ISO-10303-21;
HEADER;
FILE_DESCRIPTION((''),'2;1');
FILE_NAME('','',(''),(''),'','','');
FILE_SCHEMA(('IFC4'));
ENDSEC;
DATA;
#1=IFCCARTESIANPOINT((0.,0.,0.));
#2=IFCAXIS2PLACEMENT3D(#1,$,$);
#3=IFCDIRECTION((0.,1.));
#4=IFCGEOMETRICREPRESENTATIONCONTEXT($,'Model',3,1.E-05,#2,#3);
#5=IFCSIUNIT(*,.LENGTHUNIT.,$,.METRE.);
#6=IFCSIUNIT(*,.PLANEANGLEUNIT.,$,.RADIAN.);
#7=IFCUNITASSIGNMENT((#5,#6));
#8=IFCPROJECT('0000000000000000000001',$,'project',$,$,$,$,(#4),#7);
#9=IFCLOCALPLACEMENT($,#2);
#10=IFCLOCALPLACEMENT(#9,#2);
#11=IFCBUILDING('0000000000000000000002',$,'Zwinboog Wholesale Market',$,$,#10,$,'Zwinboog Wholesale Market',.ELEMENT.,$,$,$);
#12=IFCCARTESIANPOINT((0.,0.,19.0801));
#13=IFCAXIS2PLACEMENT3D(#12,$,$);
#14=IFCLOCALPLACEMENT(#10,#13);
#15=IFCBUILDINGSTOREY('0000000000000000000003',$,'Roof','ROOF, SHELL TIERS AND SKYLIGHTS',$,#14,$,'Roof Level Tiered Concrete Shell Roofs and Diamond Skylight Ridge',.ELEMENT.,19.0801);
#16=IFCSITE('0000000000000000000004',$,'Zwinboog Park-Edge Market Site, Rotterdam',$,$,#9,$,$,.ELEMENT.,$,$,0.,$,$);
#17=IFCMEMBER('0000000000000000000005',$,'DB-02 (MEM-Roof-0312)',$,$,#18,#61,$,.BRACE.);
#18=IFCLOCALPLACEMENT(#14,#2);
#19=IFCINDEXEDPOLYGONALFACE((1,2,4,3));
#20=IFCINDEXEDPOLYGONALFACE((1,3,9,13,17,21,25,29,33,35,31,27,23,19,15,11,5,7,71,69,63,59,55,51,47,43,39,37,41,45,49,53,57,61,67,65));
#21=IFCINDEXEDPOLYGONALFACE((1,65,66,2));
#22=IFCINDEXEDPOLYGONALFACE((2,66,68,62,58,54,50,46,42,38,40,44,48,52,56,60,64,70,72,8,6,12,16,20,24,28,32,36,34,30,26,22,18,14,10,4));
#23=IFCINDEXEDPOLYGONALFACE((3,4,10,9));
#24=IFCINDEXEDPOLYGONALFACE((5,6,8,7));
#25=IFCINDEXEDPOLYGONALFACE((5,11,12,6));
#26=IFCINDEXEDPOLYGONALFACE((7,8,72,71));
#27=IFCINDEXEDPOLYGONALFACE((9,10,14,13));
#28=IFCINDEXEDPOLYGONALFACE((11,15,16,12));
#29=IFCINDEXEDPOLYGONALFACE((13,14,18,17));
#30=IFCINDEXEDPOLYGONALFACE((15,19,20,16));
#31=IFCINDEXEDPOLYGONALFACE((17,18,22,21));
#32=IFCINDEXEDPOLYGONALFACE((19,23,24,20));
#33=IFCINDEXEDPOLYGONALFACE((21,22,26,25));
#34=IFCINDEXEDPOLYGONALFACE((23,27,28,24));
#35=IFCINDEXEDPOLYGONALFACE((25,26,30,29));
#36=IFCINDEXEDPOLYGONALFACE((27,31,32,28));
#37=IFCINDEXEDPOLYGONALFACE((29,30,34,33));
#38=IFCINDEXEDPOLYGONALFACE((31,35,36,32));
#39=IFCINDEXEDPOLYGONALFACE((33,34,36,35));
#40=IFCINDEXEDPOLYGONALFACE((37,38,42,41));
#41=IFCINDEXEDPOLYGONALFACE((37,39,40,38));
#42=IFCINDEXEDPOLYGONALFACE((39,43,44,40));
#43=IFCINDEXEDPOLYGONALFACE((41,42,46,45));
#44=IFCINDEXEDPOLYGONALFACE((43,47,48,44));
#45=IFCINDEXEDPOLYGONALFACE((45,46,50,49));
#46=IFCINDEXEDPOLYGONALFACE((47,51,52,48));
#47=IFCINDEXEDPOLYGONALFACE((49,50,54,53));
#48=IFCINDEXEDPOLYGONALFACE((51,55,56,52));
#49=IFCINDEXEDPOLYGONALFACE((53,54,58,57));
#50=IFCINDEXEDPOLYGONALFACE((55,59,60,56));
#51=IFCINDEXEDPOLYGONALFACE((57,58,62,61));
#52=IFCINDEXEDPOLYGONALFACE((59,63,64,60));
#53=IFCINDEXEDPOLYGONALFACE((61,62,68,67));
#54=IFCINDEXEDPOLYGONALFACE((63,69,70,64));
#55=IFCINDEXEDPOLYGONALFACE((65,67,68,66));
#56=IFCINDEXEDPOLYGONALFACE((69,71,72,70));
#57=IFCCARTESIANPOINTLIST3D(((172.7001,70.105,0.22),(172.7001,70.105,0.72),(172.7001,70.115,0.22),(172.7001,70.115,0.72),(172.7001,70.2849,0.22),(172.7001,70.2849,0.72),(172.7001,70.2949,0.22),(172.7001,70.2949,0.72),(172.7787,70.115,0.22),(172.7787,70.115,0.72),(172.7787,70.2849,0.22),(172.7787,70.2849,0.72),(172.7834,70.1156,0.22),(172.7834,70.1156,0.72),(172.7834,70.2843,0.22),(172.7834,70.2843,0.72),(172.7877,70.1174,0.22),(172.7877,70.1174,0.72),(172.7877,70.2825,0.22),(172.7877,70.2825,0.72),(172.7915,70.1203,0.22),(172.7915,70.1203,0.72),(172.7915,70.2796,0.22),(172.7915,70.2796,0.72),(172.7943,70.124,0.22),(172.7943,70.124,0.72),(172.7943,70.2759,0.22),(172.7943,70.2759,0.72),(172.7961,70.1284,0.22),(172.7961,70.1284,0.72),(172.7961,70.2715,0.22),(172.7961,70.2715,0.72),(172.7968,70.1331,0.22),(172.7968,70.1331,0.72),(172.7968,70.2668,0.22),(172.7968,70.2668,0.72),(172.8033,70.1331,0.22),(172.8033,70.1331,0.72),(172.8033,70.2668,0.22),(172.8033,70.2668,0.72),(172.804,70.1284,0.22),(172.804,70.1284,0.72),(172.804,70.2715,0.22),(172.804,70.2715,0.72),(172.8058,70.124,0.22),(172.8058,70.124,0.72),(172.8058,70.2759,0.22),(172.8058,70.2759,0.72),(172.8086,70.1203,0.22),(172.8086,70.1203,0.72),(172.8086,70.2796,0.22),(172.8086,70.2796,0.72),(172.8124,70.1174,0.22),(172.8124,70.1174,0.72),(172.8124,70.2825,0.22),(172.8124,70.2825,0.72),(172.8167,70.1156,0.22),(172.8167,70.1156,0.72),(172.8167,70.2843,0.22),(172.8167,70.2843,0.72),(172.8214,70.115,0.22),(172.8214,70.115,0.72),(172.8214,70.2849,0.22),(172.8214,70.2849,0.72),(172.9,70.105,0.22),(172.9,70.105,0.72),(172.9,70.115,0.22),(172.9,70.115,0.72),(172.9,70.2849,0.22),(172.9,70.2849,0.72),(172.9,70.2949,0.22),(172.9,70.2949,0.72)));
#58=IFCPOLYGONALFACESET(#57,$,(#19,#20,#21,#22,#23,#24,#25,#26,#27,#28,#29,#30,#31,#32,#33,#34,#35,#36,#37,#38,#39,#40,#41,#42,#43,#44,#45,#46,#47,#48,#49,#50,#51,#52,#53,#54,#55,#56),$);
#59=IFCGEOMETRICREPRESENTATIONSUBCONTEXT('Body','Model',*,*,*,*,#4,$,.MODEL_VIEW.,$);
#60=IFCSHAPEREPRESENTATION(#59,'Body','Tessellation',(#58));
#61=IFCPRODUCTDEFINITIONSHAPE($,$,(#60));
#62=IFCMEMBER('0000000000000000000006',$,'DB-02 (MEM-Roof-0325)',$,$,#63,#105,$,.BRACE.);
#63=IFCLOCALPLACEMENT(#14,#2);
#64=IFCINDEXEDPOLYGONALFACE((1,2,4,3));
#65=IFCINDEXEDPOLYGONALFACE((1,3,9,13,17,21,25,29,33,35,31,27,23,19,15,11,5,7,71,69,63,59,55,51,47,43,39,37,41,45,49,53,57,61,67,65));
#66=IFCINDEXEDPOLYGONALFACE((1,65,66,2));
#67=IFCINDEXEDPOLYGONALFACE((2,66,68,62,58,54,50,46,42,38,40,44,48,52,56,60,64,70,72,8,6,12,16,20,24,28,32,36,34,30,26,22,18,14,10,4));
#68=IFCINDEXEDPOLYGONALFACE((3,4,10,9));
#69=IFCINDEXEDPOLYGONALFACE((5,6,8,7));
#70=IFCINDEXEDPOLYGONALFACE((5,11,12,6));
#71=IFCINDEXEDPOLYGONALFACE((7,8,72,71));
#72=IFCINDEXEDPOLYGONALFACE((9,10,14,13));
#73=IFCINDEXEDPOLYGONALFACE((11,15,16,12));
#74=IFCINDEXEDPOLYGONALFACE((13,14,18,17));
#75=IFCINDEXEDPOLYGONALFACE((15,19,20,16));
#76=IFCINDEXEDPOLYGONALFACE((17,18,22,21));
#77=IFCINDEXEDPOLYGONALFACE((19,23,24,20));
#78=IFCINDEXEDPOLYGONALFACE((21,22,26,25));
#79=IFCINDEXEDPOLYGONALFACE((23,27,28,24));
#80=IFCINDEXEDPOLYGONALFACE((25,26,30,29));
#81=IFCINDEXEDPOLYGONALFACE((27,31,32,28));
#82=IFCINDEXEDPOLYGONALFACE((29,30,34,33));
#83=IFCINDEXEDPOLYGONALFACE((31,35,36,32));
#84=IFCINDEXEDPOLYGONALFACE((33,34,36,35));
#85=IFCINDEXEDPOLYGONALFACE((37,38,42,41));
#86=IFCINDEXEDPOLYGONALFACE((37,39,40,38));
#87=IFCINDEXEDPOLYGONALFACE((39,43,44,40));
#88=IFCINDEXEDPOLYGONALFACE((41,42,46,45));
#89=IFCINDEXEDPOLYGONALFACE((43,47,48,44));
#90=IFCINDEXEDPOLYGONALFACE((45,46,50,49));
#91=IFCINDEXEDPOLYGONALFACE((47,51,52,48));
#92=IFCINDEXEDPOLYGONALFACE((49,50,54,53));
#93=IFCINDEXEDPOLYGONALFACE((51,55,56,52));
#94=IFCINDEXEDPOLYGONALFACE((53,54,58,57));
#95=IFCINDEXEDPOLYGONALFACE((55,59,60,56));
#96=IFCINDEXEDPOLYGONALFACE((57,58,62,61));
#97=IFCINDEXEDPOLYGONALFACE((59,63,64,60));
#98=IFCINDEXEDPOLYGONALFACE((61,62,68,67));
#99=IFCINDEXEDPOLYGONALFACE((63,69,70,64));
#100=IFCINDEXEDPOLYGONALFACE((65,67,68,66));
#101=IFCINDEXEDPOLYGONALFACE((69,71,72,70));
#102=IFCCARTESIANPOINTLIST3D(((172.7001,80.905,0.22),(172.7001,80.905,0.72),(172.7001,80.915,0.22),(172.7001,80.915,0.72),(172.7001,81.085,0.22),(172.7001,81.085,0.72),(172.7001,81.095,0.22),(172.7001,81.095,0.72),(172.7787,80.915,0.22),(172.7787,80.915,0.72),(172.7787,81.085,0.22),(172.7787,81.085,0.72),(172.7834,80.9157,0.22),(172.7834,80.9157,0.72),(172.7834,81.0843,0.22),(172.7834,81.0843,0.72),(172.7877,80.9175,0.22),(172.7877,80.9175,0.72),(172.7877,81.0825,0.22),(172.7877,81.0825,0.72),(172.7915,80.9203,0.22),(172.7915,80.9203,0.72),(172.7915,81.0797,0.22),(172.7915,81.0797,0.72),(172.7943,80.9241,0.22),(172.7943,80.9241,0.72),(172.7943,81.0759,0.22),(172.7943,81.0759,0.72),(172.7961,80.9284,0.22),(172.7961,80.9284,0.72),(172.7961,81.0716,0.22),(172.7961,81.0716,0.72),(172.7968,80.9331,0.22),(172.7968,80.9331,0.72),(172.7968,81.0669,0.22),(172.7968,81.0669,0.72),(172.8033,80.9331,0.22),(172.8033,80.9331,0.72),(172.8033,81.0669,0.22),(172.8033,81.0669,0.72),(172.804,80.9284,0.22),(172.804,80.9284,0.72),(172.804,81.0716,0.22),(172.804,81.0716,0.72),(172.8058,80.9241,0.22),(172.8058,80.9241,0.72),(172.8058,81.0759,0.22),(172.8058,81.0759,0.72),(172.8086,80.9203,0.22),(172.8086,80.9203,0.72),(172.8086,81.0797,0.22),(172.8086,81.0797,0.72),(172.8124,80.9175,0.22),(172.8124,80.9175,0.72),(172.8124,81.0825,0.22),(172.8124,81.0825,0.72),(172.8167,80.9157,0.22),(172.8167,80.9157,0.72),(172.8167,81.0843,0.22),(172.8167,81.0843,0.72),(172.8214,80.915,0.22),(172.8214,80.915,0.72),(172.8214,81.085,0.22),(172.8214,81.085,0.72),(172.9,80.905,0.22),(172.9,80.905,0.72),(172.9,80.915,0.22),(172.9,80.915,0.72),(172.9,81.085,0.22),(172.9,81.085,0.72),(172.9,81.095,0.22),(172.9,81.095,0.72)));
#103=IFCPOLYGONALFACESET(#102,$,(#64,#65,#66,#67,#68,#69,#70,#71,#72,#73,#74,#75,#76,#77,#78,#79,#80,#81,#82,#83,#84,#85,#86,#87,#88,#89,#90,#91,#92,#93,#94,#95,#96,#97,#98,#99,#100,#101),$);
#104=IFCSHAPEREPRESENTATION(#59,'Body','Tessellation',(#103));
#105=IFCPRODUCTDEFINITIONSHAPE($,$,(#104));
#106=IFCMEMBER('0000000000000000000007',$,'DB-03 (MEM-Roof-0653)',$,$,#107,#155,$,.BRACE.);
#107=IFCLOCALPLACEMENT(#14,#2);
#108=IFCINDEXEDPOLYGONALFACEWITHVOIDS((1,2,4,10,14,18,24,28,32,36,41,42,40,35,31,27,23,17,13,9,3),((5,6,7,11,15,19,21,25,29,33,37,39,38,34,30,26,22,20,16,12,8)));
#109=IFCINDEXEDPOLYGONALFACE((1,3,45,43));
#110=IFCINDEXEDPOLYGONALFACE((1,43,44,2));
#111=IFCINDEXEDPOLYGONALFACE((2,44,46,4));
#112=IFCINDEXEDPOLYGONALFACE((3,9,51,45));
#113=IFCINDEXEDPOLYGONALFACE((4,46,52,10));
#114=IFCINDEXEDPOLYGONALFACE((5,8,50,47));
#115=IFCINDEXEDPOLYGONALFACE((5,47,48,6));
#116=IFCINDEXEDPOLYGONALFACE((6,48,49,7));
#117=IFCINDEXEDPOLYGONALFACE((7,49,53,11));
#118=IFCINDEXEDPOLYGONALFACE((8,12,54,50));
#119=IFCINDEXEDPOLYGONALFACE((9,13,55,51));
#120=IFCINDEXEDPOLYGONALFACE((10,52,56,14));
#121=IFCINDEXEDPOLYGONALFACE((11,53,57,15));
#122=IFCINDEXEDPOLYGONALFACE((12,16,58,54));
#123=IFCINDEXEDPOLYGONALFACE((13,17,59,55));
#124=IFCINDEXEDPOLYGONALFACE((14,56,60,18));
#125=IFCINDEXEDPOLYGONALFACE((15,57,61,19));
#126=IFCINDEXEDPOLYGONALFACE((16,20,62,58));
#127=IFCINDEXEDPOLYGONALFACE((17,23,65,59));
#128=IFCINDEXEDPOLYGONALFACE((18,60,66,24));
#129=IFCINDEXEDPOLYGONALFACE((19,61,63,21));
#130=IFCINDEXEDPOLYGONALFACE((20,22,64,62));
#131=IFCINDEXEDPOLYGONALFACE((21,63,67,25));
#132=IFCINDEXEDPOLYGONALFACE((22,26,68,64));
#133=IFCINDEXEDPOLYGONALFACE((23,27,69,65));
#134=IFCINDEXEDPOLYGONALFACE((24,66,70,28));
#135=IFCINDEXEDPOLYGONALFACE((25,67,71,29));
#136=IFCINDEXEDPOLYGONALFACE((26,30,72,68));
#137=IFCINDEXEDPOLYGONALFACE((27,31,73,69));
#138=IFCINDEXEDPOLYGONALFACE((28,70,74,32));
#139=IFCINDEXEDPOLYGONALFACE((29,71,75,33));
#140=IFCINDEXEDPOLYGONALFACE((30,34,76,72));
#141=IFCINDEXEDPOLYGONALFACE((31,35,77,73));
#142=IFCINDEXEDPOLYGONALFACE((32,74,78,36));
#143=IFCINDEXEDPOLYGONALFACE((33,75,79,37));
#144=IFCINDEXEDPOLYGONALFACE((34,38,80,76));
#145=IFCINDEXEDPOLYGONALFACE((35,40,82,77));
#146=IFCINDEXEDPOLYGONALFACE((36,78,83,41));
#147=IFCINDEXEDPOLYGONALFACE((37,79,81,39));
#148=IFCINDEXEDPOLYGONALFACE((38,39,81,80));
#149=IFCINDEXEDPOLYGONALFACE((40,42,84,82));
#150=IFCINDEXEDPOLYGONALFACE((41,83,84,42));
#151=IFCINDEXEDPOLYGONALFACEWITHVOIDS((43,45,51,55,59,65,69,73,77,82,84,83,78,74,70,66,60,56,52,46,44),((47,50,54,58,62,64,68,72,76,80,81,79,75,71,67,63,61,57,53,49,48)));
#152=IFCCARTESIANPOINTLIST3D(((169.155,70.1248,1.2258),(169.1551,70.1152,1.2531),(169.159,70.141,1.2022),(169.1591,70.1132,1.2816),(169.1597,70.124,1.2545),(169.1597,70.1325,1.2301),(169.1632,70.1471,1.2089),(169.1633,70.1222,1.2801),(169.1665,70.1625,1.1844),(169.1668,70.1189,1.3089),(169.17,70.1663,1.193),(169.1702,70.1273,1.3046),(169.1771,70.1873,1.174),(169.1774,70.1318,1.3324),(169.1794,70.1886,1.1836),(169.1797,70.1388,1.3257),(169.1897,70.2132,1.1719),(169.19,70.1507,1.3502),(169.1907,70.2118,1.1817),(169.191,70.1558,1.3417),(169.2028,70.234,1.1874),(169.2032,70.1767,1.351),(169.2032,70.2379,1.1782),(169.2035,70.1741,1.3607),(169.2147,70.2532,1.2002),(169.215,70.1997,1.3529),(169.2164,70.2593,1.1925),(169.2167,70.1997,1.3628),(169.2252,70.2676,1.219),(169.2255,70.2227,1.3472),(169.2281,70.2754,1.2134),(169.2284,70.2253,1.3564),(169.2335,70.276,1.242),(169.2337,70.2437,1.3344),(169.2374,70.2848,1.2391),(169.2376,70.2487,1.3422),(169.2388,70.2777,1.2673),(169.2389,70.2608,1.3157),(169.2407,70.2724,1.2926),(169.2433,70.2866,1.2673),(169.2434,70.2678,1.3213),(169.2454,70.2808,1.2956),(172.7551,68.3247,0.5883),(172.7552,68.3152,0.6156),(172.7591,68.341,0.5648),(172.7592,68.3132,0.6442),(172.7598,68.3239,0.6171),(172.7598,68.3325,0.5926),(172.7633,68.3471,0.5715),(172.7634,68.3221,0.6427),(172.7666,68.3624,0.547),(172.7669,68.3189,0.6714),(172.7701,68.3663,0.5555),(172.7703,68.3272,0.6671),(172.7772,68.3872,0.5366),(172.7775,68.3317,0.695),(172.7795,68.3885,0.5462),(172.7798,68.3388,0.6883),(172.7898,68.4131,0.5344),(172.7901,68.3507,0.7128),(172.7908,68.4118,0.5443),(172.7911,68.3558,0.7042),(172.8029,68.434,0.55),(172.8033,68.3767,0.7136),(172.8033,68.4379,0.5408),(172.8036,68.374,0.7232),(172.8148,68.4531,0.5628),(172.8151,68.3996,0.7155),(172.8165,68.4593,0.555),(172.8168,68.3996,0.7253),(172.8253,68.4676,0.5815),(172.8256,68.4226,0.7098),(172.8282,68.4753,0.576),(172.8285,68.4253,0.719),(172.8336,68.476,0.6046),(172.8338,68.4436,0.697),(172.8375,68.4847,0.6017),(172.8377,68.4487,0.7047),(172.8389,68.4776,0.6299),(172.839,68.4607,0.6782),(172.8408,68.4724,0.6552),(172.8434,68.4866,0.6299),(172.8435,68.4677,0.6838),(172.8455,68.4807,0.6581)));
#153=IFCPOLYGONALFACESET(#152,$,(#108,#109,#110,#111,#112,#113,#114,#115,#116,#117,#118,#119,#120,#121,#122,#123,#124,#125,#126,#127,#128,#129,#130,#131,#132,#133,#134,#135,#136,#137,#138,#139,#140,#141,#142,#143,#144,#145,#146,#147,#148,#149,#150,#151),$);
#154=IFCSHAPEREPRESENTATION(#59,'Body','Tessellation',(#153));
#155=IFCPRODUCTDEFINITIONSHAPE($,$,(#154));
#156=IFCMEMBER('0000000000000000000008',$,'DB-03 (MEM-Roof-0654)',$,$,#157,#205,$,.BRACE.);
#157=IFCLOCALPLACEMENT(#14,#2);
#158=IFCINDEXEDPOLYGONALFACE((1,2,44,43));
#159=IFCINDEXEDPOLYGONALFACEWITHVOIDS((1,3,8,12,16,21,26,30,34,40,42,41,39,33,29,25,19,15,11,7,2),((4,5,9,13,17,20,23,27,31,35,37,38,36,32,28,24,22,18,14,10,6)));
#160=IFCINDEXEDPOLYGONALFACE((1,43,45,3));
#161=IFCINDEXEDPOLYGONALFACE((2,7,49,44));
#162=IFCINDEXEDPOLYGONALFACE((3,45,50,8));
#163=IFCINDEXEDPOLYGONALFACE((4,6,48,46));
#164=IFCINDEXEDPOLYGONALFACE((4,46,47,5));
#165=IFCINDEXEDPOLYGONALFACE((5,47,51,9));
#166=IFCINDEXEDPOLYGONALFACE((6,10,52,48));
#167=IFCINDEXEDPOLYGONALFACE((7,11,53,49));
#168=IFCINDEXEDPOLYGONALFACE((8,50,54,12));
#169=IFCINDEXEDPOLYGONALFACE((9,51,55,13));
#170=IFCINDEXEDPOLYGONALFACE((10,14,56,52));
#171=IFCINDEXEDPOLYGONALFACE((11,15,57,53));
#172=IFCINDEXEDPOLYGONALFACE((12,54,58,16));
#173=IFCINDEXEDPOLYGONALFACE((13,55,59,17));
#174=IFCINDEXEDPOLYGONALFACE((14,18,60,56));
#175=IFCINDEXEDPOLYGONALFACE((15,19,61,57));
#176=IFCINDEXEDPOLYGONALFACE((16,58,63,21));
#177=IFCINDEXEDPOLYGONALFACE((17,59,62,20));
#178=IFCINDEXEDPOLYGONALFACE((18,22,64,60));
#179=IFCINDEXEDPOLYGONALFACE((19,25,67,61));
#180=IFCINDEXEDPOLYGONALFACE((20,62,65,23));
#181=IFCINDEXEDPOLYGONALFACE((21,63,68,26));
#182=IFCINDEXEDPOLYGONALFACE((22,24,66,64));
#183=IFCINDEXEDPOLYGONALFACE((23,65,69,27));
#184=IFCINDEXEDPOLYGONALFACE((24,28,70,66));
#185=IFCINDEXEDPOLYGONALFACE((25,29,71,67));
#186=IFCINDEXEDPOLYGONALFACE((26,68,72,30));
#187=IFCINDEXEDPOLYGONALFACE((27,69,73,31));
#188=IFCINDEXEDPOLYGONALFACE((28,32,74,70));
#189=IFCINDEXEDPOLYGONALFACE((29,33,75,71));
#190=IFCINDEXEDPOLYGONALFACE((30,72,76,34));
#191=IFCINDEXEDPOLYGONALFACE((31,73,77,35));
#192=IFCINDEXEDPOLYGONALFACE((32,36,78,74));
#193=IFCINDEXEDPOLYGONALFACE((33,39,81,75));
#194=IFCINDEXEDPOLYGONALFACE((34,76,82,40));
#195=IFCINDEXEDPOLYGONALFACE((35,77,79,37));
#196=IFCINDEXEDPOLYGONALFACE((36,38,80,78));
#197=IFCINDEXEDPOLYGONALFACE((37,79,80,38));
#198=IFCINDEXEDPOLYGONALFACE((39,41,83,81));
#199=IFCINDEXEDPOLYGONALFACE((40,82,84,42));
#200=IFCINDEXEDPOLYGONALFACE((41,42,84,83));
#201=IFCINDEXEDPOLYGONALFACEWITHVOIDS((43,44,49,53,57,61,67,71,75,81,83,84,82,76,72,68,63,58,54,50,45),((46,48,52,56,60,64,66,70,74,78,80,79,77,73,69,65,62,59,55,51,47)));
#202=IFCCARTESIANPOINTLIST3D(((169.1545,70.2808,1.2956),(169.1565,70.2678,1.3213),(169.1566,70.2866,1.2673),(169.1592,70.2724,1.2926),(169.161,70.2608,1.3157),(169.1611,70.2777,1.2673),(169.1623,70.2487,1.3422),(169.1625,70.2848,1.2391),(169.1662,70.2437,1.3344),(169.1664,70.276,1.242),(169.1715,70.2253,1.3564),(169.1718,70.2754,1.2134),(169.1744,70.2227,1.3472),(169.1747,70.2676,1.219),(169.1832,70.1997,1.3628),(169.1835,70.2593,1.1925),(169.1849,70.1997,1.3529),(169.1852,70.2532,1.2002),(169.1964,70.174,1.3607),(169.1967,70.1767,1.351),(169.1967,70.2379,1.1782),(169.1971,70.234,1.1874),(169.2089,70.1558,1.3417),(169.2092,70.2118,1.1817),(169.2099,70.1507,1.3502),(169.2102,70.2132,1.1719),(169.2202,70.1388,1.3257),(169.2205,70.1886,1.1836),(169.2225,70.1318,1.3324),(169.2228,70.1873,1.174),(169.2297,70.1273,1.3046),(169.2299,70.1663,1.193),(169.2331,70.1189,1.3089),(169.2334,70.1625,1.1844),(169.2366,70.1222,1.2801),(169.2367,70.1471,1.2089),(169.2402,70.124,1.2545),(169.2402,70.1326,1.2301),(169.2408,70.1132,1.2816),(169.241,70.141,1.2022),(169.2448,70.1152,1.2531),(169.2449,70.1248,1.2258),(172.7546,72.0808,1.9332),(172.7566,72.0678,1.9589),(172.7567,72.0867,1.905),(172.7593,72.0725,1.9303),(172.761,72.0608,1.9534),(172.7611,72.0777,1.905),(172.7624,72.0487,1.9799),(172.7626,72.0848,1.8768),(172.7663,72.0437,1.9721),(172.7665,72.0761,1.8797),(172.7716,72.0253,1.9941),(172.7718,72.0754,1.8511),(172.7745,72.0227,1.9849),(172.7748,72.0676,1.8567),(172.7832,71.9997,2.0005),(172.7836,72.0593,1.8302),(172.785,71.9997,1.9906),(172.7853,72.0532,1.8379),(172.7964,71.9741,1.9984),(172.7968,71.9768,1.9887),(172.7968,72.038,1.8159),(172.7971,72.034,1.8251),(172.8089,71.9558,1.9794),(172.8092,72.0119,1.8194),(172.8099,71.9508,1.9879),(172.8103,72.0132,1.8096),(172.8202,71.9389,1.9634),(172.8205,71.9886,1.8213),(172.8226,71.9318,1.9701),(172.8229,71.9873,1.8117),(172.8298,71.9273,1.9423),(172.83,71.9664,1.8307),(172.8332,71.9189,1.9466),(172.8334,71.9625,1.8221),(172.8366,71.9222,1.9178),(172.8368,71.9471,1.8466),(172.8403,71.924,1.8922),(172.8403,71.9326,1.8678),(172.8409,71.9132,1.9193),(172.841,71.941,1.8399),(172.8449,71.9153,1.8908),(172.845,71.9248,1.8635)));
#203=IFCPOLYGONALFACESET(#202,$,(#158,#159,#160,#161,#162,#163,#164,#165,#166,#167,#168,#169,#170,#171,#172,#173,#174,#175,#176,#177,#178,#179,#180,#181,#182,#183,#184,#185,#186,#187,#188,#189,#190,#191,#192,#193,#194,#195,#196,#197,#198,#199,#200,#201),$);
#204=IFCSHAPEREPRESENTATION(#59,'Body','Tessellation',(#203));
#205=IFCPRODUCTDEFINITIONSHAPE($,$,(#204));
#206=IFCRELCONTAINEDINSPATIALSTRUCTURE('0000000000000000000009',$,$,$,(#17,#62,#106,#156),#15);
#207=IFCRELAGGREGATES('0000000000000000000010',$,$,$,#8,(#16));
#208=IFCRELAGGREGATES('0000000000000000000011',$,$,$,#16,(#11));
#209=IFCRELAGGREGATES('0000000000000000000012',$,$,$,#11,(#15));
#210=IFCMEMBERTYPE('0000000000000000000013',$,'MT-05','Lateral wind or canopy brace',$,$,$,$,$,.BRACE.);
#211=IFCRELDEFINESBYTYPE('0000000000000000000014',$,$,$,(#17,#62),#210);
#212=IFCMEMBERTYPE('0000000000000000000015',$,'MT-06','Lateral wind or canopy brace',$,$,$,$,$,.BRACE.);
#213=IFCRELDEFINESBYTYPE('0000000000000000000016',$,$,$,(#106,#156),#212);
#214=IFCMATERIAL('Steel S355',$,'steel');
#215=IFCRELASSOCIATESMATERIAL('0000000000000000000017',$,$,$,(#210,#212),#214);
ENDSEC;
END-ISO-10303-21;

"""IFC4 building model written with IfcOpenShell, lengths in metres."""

from ifc_helpers import new_model, si_unit, direction, frame, origin, origin_2d, place, context, subcontext, project, spatial, hollow_circle, i_section, extrude, material, material_profile, profile_set, type_object, element, save


model = new_model("IFC4")

# Units and contexts
model_context = context("Model", 3, precision=1e-05, world=origin(), true_north=direction((0.0, 1.0)))
body_context = subcontext(model_context, "Body", "Model", "MODEL_VIEW")
ifc_project = project(units=[si_unit("LENGTHUNIT", "METRE"), si_unit("PLANEANGLEUNIT", "RADIAN")], contexts=[model_context])

# Site, building, storey
site_placement = place(None, origin())
site = spatial("IfcSite", under=ifc_project, at=site_placement, Name="Zwinboog Park-Edge Market Site, Rotterdam", CompositionType="ELEMENT", RefElevation=0.0)
building_placement = place(site_placement, origin())
building = spatial("IfcBuilding", under=site, at=building_placement, Name="Zwinboog Wholesale Market", LongName="Zwinboog Wholesale Market", CompositionType="ELEMENT")
storey_placement = place(building_placement, frame((0.0, 0.0, 19.0801)))
storey = spatial("IfcBuildingStorey", under=building, at=storey_placement, Name="Roof", Description="ROOF, SHELL TIERS AND SKYLIGHTS", LongName="Roof Level Tiered Concrete Shell Roofs and Diamond Skylight Ridge", CompositionType="ELEMENT", Elevation=19.0801)

# Shared definitions
ifc_material_1 = material(Name="Steel S355", Category="steel")

# Members
ifc_material_profile_1 = material_profile(ifc_material_1, i_section(OverallWidth=0.2, OverallDepth=0.1899, WebThickness=0.0066, FlangeThickness=0.01, FilletRadius=0.0181, at=origin_2d()), Name="HEA 200")
ifc_profile_set_1 = profile_set([ifc_material_profile_1], Name="Steel S355")
member_type_1 = type_object("IfcMemberType", Name="MT-05", Description="Lateral wind or canopy brace", PredefinedType="BRACE", material=ifc_profile_set_1)
for number, where, z_axis, x_axis, name in (
    (1, (172.8, 70.2, 0.22), (0.0, 0.0, 1.0), (1.0, 0.0, 0.0), "DB-02 (MEM-Roof-0312)"),
    (2, (172.8, 81.0, 0.22), (0.0, 0.0, 1.0), (1.0, 0.0, 0.0), "DB-02 (MEM-Roof-0325)"),
):
    element("IfcMember", number, at=place(storey_placement, frame(where, z_axis=z_axis, x_axis=x_axis)), inside=storey, type_object=member_type_1, Name=name, PredefinedType="BRACE", context=body_context, shape_type="SweptSolid", body=[
        extrude(i_section(OverallWidth=0.2, OverallDepth=0.1899, WebThickness=0.0066, FlangeThickness=0.01, FilletRadius=0.0181, at=origin_2d()), origin(), (0.0, 0.0, 1.0), 0.5),
    ])
ifc_material_profile_2 = material_profile(ifc_material_1, hollow_circle(Radius=0.0969, WallThickness=0.01, at=origin_2d()), Name="CHS 193.7x10")
ifc_profile_set_2 = profile_set([ifc_material_profile_2], Name="Steel S355")
member_type_2 = type_object("IfcMemberType", Name="MT-06", Description="Lateral wind or canopy brace", PredefinedType="BRACE", material=ifc_profile_set_2)
for number, where, z_axis, x_axis, name in (
    (3, (169.2, 70.2, 1.2673), (0.883417, -0.441709, -0.156422), (0.447214, 0.894427, 0.0), "DB-03 (MEM-Roof-0653)"),
    (4, (169.2, 70.2, 1.2673), (0.883409, 0.441704, 0.156481), (-0.447214, 0.894427, 0.0), "DB-03 (MEM-Roof-0654)"),
):
    element("IfcMember", number, at=place(storey_placement, frame(where, z_axis=z_axis, x_axis=x_axis)), inside=storey, type_object=member_type_2, Name=name, PredefinedType="BRACE", context=body_context, shape_type="SweptSolid", body=[
        extrude(hollow_circle(Radius=0.0969, WallThickness=0.01, at=origin_2d()), origin(), (0.0, 0.0, 1.0), 4.0752),
    ])

save(model, "model.ifc")
